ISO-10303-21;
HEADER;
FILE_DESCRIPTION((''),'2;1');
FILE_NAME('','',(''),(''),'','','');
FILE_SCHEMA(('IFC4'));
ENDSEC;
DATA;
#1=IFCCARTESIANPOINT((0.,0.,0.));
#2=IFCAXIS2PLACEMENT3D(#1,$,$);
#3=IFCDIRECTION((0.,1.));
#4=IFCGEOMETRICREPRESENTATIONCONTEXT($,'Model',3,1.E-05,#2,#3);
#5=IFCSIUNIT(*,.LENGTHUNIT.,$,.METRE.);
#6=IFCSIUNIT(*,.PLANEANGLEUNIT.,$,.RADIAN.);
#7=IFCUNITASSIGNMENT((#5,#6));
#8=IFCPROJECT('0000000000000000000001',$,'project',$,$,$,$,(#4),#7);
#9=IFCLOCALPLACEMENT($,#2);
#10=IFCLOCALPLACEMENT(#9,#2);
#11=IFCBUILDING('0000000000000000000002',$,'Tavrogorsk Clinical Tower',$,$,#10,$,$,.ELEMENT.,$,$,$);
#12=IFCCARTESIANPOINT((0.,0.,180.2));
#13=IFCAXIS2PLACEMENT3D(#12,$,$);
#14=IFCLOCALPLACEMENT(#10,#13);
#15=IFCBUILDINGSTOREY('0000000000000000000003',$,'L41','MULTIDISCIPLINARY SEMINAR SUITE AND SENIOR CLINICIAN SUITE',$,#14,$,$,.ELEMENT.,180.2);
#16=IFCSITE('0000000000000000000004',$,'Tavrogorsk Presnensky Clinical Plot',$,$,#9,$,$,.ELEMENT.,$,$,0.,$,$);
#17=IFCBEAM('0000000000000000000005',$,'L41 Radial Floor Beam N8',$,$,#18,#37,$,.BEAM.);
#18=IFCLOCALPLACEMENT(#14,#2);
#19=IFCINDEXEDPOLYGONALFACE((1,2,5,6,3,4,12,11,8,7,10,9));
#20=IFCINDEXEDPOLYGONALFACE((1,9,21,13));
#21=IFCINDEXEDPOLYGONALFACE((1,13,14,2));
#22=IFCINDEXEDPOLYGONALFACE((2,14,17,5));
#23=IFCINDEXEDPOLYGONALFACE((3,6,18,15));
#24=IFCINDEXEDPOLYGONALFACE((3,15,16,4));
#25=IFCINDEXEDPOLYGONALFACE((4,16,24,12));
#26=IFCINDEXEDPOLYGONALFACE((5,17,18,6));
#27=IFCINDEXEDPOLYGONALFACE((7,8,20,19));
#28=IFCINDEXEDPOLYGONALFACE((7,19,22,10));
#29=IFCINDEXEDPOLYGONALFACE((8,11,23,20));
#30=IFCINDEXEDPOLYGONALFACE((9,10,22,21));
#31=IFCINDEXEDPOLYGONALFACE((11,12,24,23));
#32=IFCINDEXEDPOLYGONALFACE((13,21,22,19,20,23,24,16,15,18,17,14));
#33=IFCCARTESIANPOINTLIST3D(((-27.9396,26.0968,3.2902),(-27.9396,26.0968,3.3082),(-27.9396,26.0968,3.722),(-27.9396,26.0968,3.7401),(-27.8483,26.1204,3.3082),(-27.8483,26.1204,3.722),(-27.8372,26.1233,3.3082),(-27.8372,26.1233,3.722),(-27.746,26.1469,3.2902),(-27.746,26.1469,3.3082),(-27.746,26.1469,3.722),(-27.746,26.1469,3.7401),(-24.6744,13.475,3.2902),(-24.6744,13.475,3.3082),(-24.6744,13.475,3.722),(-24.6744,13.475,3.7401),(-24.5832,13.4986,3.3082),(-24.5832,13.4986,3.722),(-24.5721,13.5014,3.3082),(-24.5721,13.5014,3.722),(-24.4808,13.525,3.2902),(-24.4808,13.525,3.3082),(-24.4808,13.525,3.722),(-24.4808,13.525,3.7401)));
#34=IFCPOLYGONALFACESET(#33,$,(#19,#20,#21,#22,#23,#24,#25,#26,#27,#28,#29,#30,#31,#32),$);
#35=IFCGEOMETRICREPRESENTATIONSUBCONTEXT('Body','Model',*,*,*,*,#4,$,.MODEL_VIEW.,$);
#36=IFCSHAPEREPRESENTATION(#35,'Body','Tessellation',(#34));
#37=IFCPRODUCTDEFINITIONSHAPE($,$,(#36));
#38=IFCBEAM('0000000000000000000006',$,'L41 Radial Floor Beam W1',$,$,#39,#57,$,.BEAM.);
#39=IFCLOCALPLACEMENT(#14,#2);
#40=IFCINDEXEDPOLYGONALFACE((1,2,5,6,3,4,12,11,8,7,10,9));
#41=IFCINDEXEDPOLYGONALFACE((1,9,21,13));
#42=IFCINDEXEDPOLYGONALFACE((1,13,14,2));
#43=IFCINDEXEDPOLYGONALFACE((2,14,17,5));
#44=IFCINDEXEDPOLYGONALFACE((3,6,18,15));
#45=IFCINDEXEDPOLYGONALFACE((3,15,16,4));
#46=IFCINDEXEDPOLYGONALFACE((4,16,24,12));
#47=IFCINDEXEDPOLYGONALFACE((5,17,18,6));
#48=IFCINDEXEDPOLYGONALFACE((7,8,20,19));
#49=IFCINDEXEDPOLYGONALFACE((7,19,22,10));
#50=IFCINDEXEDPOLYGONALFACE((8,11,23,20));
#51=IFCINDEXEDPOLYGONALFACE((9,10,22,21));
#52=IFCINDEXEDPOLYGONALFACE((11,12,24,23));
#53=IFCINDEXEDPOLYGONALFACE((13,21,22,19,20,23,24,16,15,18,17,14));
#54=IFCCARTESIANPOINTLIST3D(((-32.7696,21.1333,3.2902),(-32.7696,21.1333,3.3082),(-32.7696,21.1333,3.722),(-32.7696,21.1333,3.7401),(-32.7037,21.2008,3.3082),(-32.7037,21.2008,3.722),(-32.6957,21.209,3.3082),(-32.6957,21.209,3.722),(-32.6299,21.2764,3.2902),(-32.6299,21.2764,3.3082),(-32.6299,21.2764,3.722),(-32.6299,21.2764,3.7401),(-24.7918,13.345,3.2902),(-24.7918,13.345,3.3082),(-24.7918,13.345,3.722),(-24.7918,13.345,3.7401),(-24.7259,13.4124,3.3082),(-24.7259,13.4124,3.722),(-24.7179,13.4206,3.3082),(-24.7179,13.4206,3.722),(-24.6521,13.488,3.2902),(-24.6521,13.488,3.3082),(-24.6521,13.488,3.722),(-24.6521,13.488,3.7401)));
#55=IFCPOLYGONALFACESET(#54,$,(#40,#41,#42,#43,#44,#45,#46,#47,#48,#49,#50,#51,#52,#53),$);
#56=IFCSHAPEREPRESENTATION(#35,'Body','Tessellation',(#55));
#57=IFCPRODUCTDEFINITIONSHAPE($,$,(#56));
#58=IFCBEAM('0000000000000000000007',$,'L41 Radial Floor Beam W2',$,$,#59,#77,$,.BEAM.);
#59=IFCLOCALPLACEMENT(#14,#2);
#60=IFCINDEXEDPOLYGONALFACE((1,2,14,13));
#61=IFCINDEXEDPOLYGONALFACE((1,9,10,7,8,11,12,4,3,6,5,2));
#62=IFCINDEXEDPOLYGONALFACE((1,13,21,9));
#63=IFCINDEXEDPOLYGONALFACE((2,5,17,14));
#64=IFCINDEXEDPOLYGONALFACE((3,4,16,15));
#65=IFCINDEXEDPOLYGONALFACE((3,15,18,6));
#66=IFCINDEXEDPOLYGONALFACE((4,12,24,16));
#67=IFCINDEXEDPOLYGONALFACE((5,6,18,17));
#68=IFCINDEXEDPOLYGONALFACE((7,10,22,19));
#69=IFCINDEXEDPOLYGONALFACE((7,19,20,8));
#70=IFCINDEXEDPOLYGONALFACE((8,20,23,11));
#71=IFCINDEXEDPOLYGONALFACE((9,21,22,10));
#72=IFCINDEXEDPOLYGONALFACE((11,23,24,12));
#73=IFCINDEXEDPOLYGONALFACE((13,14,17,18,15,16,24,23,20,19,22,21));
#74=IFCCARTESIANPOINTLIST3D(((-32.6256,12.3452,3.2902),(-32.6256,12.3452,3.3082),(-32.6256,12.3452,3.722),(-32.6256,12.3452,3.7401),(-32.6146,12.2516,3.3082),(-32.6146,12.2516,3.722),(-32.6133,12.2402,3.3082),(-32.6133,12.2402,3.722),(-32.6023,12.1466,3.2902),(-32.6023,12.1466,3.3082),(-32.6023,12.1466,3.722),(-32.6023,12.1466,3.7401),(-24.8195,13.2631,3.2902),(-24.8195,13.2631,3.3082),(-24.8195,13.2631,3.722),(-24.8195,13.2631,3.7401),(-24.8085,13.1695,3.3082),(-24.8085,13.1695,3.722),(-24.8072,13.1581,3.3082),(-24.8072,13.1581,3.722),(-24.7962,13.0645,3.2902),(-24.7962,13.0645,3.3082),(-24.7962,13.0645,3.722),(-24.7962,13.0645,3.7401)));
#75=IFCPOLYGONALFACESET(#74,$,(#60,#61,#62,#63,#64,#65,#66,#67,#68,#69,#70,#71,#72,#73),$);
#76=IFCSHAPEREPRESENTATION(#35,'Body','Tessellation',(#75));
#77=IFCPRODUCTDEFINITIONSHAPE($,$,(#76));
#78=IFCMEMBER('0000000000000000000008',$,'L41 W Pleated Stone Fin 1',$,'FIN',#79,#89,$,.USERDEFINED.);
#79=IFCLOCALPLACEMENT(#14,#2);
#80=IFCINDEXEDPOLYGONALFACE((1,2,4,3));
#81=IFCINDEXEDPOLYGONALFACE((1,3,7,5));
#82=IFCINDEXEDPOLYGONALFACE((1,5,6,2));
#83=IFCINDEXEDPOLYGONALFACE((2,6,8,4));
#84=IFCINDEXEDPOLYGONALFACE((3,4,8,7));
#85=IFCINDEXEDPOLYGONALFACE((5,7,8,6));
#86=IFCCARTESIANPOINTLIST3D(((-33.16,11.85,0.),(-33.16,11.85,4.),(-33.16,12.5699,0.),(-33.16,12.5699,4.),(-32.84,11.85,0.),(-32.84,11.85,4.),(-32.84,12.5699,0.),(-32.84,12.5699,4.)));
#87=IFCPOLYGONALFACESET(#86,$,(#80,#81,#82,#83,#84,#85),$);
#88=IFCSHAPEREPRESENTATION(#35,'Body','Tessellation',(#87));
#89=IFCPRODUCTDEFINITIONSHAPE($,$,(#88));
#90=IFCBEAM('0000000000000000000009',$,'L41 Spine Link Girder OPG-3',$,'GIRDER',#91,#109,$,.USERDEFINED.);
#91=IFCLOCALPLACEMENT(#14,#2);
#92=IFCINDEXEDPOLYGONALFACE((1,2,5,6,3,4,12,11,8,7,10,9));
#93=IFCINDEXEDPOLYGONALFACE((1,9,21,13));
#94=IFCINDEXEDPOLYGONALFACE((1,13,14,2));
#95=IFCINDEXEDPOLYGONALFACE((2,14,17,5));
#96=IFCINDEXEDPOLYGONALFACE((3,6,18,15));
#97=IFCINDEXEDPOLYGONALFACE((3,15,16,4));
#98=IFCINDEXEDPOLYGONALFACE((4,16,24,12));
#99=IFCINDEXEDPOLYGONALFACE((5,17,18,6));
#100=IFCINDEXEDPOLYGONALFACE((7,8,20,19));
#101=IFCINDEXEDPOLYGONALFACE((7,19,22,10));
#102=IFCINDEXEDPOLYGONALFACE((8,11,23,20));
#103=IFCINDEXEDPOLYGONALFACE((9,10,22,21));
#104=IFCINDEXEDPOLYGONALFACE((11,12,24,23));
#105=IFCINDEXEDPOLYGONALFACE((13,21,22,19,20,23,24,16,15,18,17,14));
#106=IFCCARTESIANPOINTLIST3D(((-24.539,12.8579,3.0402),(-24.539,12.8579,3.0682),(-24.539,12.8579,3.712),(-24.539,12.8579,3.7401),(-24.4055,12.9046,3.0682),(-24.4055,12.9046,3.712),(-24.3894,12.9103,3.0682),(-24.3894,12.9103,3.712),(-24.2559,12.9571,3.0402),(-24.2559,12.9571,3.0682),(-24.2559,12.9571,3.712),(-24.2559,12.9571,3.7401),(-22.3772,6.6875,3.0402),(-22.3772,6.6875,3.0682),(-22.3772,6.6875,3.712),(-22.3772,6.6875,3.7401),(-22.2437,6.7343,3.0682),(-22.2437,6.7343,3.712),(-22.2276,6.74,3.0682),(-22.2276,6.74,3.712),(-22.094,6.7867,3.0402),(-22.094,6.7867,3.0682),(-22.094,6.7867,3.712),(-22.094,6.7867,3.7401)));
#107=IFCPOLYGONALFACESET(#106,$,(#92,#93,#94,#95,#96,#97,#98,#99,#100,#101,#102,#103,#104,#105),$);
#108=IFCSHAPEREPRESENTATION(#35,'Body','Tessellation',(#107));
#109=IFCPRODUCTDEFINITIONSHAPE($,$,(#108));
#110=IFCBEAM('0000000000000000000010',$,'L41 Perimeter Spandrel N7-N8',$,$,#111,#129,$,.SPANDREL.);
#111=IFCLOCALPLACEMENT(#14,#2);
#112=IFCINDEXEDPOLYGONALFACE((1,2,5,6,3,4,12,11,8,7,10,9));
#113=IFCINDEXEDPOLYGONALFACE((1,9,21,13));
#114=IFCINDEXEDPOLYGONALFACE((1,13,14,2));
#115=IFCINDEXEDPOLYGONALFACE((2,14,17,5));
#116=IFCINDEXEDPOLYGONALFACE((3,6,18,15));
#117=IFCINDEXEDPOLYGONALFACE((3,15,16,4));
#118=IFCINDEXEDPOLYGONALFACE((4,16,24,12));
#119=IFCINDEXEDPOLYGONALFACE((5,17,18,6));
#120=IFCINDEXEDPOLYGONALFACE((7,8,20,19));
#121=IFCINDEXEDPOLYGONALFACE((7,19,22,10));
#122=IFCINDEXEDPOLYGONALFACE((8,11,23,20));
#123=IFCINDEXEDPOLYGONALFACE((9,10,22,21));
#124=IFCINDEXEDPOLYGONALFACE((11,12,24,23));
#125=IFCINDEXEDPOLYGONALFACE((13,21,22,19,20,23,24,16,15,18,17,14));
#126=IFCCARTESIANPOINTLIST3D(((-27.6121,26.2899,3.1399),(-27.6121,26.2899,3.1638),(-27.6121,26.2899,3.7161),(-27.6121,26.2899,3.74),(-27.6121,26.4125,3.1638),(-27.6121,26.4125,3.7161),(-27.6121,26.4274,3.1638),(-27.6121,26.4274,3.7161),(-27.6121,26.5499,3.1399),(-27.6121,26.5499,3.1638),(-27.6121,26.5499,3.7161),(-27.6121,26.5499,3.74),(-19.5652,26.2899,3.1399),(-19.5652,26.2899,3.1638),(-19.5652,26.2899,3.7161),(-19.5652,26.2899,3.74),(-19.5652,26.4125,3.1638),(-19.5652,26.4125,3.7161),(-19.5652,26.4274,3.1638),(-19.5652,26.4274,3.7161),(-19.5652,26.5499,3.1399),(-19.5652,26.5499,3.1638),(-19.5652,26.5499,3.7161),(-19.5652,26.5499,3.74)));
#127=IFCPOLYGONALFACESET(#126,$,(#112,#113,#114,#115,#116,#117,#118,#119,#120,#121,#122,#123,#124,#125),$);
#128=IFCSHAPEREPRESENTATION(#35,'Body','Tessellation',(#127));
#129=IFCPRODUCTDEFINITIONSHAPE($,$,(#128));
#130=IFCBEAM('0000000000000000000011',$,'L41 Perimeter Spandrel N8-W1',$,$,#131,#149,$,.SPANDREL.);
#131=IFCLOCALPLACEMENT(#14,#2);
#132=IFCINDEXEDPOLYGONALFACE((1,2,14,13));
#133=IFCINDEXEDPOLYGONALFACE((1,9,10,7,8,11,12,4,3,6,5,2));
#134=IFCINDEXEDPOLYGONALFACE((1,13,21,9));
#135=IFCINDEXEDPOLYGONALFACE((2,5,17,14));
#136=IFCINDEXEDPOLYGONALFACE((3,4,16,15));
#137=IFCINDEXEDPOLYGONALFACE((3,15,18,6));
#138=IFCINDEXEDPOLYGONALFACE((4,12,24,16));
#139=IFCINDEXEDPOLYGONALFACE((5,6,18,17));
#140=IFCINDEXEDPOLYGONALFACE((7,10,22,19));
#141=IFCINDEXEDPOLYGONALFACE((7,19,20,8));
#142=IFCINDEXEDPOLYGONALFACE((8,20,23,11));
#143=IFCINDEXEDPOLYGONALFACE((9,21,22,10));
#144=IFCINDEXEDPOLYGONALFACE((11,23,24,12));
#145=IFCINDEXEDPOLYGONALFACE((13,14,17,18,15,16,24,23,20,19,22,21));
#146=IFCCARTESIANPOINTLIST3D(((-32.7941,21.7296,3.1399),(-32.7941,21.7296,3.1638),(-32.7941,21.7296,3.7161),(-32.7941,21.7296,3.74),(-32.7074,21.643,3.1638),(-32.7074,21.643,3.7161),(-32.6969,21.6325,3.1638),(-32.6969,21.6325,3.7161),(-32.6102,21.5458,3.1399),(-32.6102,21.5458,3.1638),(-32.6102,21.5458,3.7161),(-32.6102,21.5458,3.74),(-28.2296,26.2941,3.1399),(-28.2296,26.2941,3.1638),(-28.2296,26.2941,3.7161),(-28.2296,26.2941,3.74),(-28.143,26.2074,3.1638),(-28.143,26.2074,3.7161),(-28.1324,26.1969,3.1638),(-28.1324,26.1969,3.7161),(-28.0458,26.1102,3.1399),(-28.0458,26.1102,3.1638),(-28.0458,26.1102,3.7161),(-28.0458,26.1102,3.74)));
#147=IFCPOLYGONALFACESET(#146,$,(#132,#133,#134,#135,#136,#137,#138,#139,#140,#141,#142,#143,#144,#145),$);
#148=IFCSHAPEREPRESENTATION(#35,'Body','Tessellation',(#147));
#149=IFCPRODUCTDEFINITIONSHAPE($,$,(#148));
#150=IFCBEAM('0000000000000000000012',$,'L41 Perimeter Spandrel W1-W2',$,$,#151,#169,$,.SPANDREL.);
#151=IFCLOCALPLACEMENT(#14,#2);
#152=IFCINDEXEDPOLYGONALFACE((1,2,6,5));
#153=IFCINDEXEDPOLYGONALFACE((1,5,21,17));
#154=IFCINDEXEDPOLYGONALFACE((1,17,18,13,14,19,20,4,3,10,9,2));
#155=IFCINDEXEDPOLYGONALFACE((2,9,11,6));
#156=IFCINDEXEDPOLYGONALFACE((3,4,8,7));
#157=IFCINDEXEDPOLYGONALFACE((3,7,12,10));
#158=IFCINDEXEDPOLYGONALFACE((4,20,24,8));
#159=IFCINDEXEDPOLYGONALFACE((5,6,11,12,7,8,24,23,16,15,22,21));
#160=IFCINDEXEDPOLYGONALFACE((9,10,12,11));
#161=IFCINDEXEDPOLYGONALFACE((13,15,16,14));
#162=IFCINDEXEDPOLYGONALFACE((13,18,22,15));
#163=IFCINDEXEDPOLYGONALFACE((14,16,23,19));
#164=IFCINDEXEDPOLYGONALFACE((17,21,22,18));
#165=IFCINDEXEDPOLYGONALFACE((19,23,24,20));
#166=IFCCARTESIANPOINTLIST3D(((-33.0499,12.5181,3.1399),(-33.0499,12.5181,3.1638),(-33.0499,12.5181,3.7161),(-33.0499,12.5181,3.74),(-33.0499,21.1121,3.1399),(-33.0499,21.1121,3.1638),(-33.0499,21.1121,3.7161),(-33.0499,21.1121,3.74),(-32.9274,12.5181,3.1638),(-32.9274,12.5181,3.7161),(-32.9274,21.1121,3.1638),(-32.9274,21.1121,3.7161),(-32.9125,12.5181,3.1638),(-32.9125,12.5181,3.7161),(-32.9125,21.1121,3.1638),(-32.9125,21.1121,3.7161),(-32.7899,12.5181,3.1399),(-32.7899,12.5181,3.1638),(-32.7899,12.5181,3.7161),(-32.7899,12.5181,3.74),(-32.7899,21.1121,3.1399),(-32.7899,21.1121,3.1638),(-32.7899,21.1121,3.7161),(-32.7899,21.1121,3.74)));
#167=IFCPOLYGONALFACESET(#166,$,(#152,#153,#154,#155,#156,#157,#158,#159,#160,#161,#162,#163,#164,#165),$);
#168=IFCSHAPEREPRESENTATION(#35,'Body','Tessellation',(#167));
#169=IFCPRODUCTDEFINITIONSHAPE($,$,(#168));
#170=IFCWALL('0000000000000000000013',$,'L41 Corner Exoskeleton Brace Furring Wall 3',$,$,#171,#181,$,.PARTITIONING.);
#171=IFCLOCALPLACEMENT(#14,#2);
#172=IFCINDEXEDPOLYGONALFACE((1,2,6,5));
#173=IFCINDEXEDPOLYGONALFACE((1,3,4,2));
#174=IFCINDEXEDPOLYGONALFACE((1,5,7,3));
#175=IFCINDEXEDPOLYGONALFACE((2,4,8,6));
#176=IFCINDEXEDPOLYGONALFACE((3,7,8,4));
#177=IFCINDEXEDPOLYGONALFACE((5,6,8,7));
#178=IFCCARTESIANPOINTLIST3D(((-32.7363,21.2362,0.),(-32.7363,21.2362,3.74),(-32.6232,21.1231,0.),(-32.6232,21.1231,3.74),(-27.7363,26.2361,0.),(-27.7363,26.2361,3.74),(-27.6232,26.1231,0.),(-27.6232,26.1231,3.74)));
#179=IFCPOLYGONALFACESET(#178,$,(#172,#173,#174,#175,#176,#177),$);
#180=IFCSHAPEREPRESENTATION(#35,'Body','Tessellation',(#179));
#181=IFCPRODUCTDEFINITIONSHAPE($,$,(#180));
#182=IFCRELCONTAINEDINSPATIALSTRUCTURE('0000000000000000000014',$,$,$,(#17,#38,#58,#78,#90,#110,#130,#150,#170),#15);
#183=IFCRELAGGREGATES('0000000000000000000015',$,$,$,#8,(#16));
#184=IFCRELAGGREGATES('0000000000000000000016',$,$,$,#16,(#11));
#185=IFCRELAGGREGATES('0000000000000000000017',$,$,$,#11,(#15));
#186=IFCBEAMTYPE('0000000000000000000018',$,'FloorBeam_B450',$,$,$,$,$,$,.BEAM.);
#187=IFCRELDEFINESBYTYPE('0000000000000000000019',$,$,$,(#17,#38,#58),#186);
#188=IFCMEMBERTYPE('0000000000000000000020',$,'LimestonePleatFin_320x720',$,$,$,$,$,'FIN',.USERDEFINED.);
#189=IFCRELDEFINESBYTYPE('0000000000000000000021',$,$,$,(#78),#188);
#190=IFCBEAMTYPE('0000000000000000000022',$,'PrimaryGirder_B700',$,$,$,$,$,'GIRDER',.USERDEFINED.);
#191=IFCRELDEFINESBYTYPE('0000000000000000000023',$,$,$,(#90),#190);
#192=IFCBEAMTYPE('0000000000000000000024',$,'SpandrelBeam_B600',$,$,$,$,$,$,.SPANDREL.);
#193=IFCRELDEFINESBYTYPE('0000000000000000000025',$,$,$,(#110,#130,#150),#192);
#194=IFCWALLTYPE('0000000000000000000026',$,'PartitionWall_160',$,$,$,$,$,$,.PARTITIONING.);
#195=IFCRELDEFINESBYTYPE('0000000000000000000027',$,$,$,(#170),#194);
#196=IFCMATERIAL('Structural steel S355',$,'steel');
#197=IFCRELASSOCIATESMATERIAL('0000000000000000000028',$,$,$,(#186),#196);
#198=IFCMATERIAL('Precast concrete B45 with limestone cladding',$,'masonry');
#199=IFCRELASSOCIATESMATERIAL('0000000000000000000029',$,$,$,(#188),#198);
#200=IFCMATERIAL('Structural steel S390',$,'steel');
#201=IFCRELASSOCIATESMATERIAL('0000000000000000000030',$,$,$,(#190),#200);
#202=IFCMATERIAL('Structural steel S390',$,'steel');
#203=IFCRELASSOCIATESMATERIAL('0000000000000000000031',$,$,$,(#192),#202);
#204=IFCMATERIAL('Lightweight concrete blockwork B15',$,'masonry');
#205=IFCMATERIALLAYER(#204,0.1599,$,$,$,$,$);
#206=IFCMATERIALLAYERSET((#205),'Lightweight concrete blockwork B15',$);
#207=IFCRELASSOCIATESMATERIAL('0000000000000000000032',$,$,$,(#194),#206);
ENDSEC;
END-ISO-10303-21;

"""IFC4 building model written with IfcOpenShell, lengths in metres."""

from ifc_helpers import new_model, si_unit, direction, frame, frame_2d, origin, origin_2d, place, context, subcontext, project, spatial, rectangle, i_section, extrude, material, layer, layer_set, material_profile, profile_set, type_object, element, save


model = new_model("IFC4")

# Units and contexts
model_context = context("Model", 3, precision=1e-05, world=origin(), true_north=direction((0.0, 1.0)))
body_context = subcontext(model_context, "Body", "Model", "MODEL_VIEW")
ifc_project = project(units=[si_unit("LENGTHUNIT", "METRE"), si_unit("PLANEANGLEUNIT", "RADIAN")], contexts=[model_context])

# Site, building, storey
site_placement = place(None, origin())
site = spatial("IfcSite", under=ifc_project, at=site_placement, Name="Tavrogorsk Presnensky Clinical Plot", CompositionType="ELEMENT", RefElevation=0.0)
building_placement = place(site_placement, origin())
building = spatial("IfcBuilding", under=site, at=building_placement, Name="Tavrogorsk Clinical Tower", CompositionType="ELEMENT")
storey_placement = place(building_placement, frame((0.0, 0.0, 180.2)))
storey = spatial("IfcBuildingStorey", under=building, at=storey_placement, Name="L41", Description="MULTIDISCIPLINARY SEMINAR SUITE AND SENIOR CLINICIAN SUITE", CompositionType="ELEMENT", Elevation=180.2)

# Beams
ifc_material_1 = material(Name="Structural steel S355", Category="steel")
ifc_material_profile_1 = material_profile(ifc_material_1, i_section(OverallWidth=0.2, OverallDepth=0.45, WebThickness=0.0115, FlangeThickness=0.0181, at=origin_2d()), Name="B-450x200x11.5x18")
ifc_profile_set_1 = profile_set([ifc_material_profile_1], Name="Structural steel S355")
beam_type_1 = type_object("IfcBeamType", Name="FloorBeam_B450", PredefinedType="BEAM", material=ifc_profile_set_1)
beam_1_placement = place(storey_placement, frame((-24.5776, 13.5, 3.5151), z_axis=(-0.250445, 0.968131, 0.0), x_axis=(-0.968131, -0.250445, 0.0)))
element("IfcBeam", 1, at=beam_1_placement, inside=storey, type_object=beam_type_1, Name="L41 Radial Floor Beam N8", PredefinedType="BEAM", context=body_context, shape_type="SweptSolid", body=[
    extrude(i_section(OverallWidth=0.2, OverallDepth=0.45, WebThickness=0.0115, FlangeThickness=0.0181, at=origin_2d()), origin(), (0.0, 0.0, 1.0), 13.0374),
])
beam_2_placement = place(storey_placement, frame((-24.7219, 13.4165, 3.5151), z_axis=(-0.715552, 0.698559, 0.0), x_axis=(-0.698559, -0.715552, 0.0)))
element("IfcBeam", 2, at=beam_2_placement, inside=storey, type_object=beam_type_1, Name="L41 Radial Floor Beam W1", PredefinedType="BEAM", context=body_context, shape_type="SweptSolid", body=[
    extrude(i_section(OverallWidth=0.2, OverallDepth=0.45, WebThickness=0.0115, FlangeThickness=0.0181, at=origin_2d()), origin(), (0.0, 0.0, 1.0), 11.1492),
])
beam_3_placement = place(storey_placement, frame((-24.8079, 13.1638, 3.5151), z_axis=(-0.993157, -0.116791, 0.0), x_axis=(0.116791, -0.993157, 0.0)))
element("IfcBeam", 3, at=beam_3_placement, inside=storey, type_object=beam_type_1, Name="L41 Radial Floor Beam W2", PredefinedType="BEAM", context=body_context, shape_type="SweptSolid", body=[
    extrude(i_section(OverallWidth=0.2, OverallDepth=0.45, WebThickness=0.0115, FlangeThickness=0.0181, at=origin_2d()), origin(), (0.0, 0.0, 1.0), 7.8599),
])

# Member
ifc_material_2 = material(Name="Precast concrete B45 with limestone cladding", Category="masonry")
ifc_material_profile_2 = material_profile(ifc_material_2, rectangle(XDim=0.3201, YDim=0.72, at=origin_2d()), Name="LIMESTONE-FIN-320x720")
ifc_profile_set_2 = profile_set([ifc_material_profile_2], Name="Precast concrete B45 with limestone cladding")
member_type_1 = type_object("IfcMemberType", Name="LimestonePleatFin_320x720", ElementType="FIN", PredefinedType="USERDEFINED", material=ifc_profile_set_2)
member_1_placement = place(storey_placement, frame((-33.0, 12.21, 0.0), z_axis=(0.0, 0.0, 1.0), x_axis=(1.0, 0.0, 0.0)))
element("IfcMember", 4, at=member_1_placement, inside=storey, type_object=member_type_1, Name="L41 W Pleated Stone Fin 1", ObjectType="FIN", PredefinedType="USERDEFINED", context=body_context, shape_type="SweptSolid", body=[
    extrude(rectangle(XDim=0.3201, YDim=0.72, at=origin_2d()), origin(), (0.0, 0.0, 1.0), 4.0),
])

# Beams
ifc_material_3 = material(Name="Structural steel S390", Category="steel")
ifc_material_profile_3 = material_profile(ifc_material_3, i_section(OverallWidth=0.3, OverallDepth=0.7, WebThickness=0.0171, FlangeThickness=0.0281, at=origin_2d()), Name="B-700x300x17x28")
ifc_profile_set_3 = profile_set([ifc_material_profile_3], Name="Structural steel S390")
beam_type_2 = type_object("IfcBeamType", Name="PrimaryGirder_B700", ElementType="GIRDER", PredefinedType="USERDEFINED", material=ifc_profile_set_3)
beam_4_placement = place(storey_placement, frame((-24.3975, 12.9075, 3.3901), z_axis=(0.330653, -0.943752, 0.0), x_axis=(0.943752, 0.330653, 0.0)))
element("IfcBeam", 5, at=beam_4_placement, inside=storey, type_object=beam_type_2, Name="L41 Spine Link Girder OPG-3", ObjectType="GIRDER", PredefinedType="USERDEFINED", context=body_context, shape_type="SweptSolid", body=[
    extrude(i_section(OverallWidth=0.3, OverallDepth=0.7, WebThickness=0.0171, FlangeThickness=0.0281, at=origin_2d()), origin(), (0.0, 0.0, 1.0), 6.5381),
])
ifc_material_4 = material(Name="Structural steel S390", Category="steel")
ifc_material_profile_4 = material_profile(ifc_material_4, i_section(OverallWidth=0.26, OverallDepth=0.6001, WebThickness=0.0149, FlangeThickness=0.0239, at=origin_2d()), Name="B-600x260x15x24")
ifc_profile_set_4 = profile_set([ifc_material_profile_4], Name="Structural steel S390")
beam_type_3 = type_object("IfcBeamType", Name="SpandrelBeam_B600", PredefinedType="SPANDREL", material=ifc_profile_set_4)
beam_5_placement = place(storey_placement, frame((-19.5652, 26.4199, 3.4399), z_axis=(-1.0, 0.0, 0.0), x_axis=(0.0, -1.0, 0.0)))
element("IfcBeam", 6, at=beam_5_placement, inside=storey, type_object=beam_type_3, Name="L41 Perimeter Spandrel N7-N8", PredefinedType="SPANDREL", context=body_context, shape_type="SweptSolid", body=[
    extrude(i_section(OverallWidth=0.26, OverallDepth=0.6001, WebThickness=0.0149, FlangeThickness=0.0239, at=origin_2d()), origin(), (0.0, 0.0, 1.0), 8.0469),
])
beam_6_placement = place(storey_placement, frame((-28.1377, 26.2021, 3.4399), z_axis=(-0.707107, -0.707107, 0.0), x_axis=(0.707107, -0.707107, 0.0)))
element("IfcBeam", 7, at=beam_6_placement, inside=storey, type_object=beam_type_3, Name="L41 Perimeter Spandrel N8-W1", PredefinedType="SPANDREL", context=body_context, shape_type="SweptSolid", body=[
    extrude(i_section(OverallWidth=0.26, OverallDepth=0.6001, WebThickness=0.0149, FlangeThickness=0.0239, at=origin_2d()), origin(), (0.0, 0.0, 1.0), 6.4551),
])
beam_7_placement = place(storey_placement, frame((-32.9199, 21.1121, 3.4399), z_axis=(0.0, -1.0, 0.0), x_axis=(1.0, 0.0, 0.0)))
element("IfcBeam", 8, at=beam_7_placement, inside=storey, type_object=beam_type_3, Name="L41 Perimeter Spandrel W1-W2", PredefinedType="SPANDREL", context=body_context, shape_type="SweptSolid", body=[
    extrude(i_section(OverallWidth=0.26, OverallDepth=0.6001, WebThickness=0.0149, FlangeThickness=0.0239, at=origin_2d()), origin(), (0.0, 0.0, 1.0), 8.594),
])

# Wall
ifc_material_5 = material(Name="Lightweight concrete blockwork B15", Category="masonry")
ifc_layer_1 = layer(ifc_material_5, 0.1599)
ifc_layer_set_1 = layer_set([ifc_layer_1], Name="Lightweight concrete blockwork B15")
wall_type_1 = type_object("IfcWallType", Name="PartitionWall_160", PredefinedType="PARTITIONING", material=ifc_layer_set_1)
wall_1_placement = place(storey_placement, frame((-27.6797, 26.1797, 0.0), z_axis=(0.0, 0.0, 1.0), x_axis=(-0.707107, -0.707107, 0.0)))
element("IfcWall", 9, at=wall_1_placement, inside=storey, type_object=wall_type_1, Name="L41 Corner Exoskeleton Brace Furring Wall 3", PredefinedType="PARTITIONING", context=body_context, shape_type="SweptSolid", body=[
    extrude(rectangle(XDim=7.071, YDim=0.1599, at=frame_2d((3.5356, 0.0))), origin(), (0.0, 0.0, 1.0), 3.74),
])

save(model, "model.ifc")
